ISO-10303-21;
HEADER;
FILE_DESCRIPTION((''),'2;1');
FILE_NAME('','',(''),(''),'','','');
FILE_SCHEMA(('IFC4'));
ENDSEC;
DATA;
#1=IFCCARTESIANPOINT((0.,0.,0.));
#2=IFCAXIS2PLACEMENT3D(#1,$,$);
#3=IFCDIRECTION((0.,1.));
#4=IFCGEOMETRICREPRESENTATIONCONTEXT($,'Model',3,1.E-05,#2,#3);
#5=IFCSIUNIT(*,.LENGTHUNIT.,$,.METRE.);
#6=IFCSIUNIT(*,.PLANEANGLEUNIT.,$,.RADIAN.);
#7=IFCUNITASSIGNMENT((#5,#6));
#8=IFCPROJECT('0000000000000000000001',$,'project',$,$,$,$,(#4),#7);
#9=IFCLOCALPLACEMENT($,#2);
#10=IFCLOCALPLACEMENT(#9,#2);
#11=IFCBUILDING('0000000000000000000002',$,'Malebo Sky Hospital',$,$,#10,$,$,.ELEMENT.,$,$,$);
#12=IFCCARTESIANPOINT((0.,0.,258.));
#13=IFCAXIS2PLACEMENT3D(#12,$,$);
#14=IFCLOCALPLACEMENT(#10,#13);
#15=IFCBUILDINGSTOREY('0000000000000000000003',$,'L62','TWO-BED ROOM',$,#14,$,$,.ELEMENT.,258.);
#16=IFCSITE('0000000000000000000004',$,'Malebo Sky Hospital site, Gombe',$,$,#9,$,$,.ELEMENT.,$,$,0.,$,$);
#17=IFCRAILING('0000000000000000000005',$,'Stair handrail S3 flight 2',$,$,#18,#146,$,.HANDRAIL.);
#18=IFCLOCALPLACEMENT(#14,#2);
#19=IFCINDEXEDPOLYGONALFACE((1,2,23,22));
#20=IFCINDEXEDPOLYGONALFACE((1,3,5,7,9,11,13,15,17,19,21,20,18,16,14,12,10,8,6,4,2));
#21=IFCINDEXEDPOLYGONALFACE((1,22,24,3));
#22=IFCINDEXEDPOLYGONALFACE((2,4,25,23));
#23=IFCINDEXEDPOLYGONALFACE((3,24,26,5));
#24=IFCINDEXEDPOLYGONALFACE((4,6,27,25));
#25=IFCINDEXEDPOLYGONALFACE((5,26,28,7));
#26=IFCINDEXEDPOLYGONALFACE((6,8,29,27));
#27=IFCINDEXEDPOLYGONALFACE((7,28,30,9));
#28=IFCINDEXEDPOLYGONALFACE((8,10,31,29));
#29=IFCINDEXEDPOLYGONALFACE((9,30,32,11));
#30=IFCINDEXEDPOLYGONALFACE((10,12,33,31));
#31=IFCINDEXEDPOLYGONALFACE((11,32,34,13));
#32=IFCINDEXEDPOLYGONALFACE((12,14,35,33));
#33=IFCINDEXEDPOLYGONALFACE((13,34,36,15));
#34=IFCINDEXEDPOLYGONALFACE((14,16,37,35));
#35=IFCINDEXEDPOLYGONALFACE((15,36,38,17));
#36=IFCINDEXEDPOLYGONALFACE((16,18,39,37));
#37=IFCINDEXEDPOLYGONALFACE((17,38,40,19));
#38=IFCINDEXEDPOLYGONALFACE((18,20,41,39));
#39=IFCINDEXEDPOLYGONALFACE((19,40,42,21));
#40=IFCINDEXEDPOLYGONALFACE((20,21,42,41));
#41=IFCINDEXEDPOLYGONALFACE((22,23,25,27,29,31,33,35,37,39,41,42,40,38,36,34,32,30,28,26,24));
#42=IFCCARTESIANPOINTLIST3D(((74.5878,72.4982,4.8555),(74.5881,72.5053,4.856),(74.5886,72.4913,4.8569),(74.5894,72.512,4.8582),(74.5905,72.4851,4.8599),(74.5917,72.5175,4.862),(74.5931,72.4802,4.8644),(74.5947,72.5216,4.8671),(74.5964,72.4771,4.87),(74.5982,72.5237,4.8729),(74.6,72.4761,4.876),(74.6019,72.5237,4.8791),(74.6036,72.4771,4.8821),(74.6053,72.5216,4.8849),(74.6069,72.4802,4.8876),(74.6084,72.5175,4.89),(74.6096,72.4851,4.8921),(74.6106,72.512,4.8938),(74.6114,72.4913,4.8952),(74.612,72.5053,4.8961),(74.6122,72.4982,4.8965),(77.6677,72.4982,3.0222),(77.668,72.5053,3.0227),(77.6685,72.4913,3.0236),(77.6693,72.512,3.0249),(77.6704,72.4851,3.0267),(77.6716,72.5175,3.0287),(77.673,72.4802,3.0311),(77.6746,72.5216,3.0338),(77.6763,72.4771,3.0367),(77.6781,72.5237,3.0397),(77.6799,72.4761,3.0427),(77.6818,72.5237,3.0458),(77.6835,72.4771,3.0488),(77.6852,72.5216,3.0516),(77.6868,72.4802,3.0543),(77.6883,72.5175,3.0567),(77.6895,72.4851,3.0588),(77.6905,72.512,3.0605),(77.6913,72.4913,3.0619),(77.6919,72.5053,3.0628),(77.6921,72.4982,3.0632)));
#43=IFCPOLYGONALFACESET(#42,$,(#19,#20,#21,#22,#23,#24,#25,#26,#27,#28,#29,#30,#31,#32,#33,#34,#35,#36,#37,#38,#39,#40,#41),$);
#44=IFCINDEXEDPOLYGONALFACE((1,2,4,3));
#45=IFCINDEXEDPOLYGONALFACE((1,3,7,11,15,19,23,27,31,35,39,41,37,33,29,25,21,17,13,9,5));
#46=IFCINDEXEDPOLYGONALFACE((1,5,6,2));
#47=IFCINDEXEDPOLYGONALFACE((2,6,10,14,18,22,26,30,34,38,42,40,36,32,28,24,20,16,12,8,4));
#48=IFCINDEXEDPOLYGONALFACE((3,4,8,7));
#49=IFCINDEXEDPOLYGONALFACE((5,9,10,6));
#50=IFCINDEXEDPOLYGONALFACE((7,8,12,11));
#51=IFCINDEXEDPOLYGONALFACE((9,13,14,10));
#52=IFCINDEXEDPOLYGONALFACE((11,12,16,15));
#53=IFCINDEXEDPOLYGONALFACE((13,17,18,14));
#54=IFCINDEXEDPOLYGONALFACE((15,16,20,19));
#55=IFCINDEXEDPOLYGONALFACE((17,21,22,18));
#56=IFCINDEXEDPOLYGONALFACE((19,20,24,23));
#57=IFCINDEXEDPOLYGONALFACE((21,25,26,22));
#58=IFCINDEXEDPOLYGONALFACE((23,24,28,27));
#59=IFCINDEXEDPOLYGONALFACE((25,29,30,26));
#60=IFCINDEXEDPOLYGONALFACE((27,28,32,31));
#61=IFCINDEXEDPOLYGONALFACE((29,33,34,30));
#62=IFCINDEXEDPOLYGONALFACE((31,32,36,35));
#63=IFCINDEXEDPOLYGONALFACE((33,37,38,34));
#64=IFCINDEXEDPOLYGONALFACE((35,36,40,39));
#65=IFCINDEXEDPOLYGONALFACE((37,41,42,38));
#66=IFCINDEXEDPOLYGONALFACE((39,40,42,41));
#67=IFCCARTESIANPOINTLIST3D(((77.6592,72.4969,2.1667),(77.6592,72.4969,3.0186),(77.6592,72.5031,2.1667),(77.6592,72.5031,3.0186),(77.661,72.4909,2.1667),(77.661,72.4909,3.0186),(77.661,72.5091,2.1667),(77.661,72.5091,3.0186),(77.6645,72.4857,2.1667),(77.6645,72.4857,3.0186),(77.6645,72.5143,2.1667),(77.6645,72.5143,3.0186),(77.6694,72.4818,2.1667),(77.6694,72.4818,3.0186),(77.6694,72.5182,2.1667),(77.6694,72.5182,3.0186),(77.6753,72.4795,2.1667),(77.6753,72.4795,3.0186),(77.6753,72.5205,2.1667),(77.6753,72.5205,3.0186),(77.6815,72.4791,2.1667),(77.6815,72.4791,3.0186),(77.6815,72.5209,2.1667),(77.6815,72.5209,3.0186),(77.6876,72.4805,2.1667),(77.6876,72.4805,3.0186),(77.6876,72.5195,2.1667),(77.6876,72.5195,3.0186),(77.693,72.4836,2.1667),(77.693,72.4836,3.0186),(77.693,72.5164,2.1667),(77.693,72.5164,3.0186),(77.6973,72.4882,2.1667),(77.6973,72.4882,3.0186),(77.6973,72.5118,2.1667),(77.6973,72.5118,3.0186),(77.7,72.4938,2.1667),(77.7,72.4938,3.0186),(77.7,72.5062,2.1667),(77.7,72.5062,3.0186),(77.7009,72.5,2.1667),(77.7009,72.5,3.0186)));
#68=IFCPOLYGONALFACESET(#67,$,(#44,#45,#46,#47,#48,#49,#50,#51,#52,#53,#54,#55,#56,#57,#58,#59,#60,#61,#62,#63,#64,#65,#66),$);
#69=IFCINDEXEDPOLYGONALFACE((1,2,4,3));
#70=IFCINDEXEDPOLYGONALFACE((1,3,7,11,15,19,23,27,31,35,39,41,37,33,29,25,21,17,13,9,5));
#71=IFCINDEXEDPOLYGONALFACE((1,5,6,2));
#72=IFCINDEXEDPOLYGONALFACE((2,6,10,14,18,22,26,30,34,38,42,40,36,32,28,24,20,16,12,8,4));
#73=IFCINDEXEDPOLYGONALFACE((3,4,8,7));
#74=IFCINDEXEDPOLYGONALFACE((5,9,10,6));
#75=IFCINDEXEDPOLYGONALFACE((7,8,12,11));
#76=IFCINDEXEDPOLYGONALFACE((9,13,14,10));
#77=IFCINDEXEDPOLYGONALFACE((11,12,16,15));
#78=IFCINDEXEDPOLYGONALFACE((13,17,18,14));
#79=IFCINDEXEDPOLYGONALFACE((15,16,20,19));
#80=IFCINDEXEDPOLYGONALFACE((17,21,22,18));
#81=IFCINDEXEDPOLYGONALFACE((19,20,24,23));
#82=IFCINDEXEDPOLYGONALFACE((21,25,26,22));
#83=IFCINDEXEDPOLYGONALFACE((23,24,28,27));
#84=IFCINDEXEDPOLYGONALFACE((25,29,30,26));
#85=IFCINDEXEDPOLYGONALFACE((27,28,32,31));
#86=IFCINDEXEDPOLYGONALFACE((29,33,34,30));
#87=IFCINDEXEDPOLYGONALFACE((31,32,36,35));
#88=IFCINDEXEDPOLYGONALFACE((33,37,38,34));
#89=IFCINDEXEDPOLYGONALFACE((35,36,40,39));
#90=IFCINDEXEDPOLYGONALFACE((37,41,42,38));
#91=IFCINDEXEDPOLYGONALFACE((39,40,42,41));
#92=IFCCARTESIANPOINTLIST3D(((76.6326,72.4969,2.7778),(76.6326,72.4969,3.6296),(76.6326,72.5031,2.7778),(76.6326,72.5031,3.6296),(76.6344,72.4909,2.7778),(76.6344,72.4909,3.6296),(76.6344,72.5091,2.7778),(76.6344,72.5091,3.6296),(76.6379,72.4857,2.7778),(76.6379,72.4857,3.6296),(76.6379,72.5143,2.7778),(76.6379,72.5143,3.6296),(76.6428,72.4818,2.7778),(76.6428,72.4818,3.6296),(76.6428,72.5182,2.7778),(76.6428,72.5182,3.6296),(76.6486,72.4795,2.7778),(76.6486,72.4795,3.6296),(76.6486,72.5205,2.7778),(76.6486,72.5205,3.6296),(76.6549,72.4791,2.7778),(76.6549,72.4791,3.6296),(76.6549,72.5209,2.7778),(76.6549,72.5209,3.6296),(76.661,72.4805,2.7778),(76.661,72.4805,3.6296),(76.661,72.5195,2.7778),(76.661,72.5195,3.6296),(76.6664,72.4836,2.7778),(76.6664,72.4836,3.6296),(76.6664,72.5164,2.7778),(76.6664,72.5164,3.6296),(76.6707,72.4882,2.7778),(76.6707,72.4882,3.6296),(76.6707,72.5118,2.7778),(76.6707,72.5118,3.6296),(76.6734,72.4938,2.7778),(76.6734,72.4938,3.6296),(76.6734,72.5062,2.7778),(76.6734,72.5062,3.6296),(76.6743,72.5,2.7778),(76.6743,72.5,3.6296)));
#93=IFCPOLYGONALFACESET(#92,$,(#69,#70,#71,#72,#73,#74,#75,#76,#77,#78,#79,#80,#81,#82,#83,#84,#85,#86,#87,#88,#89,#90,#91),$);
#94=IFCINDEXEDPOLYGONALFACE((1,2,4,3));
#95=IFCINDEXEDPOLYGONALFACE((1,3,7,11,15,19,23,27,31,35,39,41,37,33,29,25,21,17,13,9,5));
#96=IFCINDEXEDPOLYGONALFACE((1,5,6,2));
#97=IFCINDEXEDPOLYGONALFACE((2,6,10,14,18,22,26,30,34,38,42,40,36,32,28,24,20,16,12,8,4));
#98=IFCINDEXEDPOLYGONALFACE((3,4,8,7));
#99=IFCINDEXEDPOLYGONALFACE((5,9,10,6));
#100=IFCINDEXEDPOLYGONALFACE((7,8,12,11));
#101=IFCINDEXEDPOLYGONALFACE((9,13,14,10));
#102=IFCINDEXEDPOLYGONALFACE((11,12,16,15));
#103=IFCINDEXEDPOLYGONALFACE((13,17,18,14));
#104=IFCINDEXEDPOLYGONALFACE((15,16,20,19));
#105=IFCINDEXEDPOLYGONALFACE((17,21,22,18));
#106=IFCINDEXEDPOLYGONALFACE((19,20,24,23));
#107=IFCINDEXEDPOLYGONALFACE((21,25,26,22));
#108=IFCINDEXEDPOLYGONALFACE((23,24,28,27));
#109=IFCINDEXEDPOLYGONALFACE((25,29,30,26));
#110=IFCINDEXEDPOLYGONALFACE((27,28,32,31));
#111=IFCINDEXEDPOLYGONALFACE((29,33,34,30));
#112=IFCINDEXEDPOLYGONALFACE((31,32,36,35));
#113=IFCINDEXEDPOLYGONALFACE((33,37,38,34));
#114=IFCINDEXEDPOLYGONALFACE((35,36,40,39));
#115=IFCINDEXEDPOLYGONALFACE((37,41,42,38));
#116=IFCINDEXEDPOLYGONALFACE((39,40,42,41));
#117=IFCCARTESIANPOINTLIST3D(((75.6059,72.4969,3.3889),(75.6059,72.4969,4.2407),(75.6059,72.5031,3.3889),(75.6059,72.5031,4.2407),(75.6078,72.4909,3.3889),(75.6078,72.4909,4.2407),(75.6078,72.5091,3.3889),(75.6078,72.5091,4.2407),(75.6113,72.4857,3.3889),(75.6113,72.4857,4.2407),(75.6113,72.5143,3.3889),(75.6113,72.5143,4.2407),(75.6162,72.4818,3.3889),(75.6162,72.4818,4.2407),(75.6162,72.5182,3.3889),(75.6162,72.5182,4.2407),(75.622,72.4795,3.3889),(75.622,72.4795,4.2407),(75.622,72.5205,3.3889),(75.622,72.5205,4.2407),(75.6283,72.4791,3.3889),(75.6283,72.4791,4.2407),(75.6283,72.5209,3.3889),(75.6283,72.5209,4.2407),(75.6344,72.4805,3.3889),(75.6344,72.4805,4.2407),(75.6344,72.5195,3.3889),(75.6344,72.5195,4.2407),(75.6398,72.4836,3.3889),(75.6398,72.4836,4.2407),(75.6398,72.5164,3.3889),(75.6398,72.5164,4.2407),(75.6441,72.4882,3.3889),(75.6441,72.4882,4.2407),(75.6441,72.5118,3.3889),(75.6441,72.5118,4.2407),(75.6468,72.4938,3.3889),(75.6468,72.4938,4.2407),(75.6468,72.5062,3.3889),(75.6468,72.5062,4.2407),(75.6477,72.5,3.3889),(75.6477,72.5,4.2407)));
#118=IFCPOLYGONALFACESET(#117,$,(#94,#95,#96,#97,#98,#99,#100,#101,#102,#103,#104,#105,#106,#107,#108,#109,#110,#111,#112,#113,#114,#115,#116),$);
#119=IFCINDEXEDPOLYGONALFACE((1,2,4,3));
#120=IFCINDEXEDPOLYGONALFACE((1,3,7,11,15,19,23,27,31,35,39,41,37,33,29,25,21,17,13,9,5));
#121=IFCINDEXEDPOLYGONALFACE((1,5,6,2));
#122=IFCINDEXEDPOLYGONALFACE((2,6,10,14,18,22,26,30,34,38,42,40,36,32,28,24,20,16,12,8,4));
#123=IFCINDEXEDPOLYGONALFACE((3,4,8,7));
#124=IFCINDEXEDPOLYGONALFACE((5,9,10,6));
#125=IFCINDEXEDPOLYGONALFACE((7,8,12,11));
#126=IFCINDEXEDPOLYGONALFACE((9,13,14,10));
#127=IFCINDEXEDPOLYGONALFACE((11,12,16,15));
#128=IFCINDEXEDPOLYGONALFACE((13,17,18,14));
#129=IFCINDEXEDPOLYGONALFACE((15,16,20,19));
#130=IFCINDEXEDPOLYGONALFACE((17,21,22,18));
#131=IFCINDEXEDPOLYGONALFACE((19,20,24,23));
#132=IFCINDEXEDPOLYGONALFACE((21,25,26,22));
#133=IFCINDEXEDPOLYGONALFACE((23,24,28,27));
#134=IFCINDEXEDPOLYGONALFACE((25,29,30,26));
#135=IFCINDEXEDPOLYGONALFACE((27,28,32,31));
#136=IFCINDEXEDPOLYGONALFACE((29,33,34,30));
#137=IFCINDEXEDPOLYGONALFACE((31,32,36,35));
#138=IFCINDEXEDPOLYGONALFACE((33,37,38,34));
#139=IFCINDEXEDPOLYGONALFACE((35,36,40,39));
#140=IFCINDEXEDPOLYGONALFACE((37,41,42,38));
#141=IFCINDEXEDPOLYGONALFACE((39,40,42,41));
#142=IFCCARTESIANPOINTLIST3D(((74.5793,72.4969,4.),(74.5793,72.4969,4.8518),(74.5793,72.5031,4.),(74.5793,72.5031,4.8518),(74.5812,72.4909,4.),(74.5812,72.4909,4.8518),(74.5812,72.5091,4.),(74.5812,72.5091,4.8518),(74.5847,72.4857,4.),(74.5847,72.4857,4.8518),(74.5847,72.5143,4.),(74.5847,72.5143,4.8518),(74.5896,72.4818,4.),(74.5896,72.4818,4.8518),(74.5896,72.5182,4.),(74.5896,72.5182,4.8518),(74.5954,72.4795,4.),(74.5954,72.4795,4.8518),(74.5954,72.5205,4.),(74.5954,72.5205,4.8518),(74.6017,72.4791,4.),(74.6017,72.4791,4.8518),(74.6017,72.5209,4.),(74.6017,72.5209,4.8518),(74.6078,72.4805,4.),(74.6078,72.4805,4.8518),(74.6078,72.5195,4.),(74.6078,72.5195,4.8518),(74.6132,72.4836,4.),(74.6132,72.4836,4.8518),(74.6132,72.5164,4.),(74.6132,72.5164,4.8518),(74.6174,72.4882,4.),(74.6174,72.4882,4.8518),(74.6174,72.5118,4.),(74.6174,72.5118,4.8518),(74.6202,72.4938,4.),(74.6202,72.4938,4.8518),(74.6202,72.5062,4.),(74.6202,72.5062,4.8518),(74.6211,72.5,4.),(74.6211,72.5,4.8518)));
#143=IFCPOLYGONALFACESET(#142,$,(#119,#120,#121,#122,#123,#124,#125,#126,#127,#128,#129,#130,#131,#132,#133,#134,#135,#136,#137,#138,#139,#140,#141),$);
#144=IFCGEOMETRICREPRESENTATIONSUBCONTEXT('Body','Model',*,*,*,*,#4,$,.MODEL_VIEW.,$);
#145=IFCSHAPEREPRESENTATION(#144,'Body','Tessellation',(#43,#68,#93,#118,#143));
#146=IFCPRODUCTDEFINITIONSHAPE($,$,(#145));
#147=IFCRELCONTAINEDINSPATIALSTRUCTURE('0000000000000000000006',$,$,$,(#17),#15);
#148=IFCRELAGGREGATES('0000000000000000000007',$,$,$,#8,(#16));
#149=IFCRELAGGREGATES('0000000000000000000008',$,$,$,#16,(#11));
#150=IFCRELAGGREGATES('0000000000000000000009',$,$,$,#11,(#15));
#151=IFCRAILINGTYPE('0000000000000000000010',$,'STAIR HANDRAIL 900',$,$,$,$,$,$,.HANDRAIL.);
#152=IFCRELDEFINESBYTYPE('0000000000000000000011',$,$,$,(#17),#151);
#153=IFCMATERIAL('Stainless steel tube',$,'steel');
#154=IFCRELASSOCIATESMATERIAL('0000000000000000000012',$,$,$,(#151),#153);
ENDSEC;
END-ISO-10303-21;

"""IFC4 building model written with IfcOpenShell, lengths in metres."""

from ifc_helpers import new_model, si_unit, direction, frame, origin, origin_2d, place, context, subcontext, project, spatial, circle, extrude, material, type_object, element, save


model = new_model("IFC4")

# Units and contexts
model_context = context("Model", 3, precision=1e-05, world=origin(), true_north=direction((0.0, 1.0)))
body_context = subcontext(model_context, "Body", "Model", "MODEL_VIEW")
ifc_project = project(units=[si_unit("LENGTHUNIT", "METRE"), si_unit("PLANEANGLEUNIT", "RADIAN")], contexts=[model_context])

# Site, building, storey
site_placement = place(None, origin())
site = spatial("IfcSite", under=ifc_project, at=site_placement, Name="Malebo Sky Hospital site, Gombe", CompositionType="ELEMENT", RefElevation=0.0)
building_placement = place(site_placement, origin())
building = spatial("IfcBuilding", under=site, at=building_placement, Name="Malebo Sky Hospital", CompositionType="ELEMENT")
storey_placement = place(building_placement, frame((0.0, 0.0, 258.0)))
storey = spatial("IfcBuildingStorey", under=building, at=storey_placement, Name="L62", Description="TWO-BED ROOM", CompositionType="ELEMENT", Elevation=258.0)

# Railing
ifc_material_1 = material(Name="Stainless steel tube", Category="steel")
railing_type_1 = type_object("IfcRailingType", Name="STAIR HANDRAIL 900", PredefinedType="HANDRAIL", material=ifc_material_1)
railing_1_placement = place(storey_placement, frame((77.6799, 72.5, 2.1667)))
element("IfcRailing", 1, at=railing_1_placement, inside=storey, type_object=railing_type_1, Name="Stair handrail S3 flight 2", PredefinedType="HANDRAIL", context=body_context, shape_type="SweptSolid", body=[
    extrude(circle(Radius=0.0239, at=origin_2d()), frame((0.0, 0.0, 0.876), z_axis=(-0.859291, 0.0, 0.511487), x_axis=(0.0, -1.0, 0.0)), (0.0, 0.0, 1.0), 3.5842),
    extrude(circle(Radius=0.021, at=origin_2d()), origin(), (0.0, 0.0, 1.0), 0.8518),
    extrude(circle(Radius=0.021, at=origin_2d()), frame((-1.0266, 0.0, 0.6111)), (0.0, 0.0, 1.0), 0.8518),
    extrude(circle(Radius=0.021, at=origin_2d()), frame((-2.0532, 0.0, 1.2222)), (0.0, 0.0, 1.0), 0.8518),
    extrude(circle(Radius=0.021, at=origin_2d()), frame((-3.0798, 0.0, 1.8333)), (0.0, 0.0, 1.0), 0.8518),
])

save(model, "model.ifc")
